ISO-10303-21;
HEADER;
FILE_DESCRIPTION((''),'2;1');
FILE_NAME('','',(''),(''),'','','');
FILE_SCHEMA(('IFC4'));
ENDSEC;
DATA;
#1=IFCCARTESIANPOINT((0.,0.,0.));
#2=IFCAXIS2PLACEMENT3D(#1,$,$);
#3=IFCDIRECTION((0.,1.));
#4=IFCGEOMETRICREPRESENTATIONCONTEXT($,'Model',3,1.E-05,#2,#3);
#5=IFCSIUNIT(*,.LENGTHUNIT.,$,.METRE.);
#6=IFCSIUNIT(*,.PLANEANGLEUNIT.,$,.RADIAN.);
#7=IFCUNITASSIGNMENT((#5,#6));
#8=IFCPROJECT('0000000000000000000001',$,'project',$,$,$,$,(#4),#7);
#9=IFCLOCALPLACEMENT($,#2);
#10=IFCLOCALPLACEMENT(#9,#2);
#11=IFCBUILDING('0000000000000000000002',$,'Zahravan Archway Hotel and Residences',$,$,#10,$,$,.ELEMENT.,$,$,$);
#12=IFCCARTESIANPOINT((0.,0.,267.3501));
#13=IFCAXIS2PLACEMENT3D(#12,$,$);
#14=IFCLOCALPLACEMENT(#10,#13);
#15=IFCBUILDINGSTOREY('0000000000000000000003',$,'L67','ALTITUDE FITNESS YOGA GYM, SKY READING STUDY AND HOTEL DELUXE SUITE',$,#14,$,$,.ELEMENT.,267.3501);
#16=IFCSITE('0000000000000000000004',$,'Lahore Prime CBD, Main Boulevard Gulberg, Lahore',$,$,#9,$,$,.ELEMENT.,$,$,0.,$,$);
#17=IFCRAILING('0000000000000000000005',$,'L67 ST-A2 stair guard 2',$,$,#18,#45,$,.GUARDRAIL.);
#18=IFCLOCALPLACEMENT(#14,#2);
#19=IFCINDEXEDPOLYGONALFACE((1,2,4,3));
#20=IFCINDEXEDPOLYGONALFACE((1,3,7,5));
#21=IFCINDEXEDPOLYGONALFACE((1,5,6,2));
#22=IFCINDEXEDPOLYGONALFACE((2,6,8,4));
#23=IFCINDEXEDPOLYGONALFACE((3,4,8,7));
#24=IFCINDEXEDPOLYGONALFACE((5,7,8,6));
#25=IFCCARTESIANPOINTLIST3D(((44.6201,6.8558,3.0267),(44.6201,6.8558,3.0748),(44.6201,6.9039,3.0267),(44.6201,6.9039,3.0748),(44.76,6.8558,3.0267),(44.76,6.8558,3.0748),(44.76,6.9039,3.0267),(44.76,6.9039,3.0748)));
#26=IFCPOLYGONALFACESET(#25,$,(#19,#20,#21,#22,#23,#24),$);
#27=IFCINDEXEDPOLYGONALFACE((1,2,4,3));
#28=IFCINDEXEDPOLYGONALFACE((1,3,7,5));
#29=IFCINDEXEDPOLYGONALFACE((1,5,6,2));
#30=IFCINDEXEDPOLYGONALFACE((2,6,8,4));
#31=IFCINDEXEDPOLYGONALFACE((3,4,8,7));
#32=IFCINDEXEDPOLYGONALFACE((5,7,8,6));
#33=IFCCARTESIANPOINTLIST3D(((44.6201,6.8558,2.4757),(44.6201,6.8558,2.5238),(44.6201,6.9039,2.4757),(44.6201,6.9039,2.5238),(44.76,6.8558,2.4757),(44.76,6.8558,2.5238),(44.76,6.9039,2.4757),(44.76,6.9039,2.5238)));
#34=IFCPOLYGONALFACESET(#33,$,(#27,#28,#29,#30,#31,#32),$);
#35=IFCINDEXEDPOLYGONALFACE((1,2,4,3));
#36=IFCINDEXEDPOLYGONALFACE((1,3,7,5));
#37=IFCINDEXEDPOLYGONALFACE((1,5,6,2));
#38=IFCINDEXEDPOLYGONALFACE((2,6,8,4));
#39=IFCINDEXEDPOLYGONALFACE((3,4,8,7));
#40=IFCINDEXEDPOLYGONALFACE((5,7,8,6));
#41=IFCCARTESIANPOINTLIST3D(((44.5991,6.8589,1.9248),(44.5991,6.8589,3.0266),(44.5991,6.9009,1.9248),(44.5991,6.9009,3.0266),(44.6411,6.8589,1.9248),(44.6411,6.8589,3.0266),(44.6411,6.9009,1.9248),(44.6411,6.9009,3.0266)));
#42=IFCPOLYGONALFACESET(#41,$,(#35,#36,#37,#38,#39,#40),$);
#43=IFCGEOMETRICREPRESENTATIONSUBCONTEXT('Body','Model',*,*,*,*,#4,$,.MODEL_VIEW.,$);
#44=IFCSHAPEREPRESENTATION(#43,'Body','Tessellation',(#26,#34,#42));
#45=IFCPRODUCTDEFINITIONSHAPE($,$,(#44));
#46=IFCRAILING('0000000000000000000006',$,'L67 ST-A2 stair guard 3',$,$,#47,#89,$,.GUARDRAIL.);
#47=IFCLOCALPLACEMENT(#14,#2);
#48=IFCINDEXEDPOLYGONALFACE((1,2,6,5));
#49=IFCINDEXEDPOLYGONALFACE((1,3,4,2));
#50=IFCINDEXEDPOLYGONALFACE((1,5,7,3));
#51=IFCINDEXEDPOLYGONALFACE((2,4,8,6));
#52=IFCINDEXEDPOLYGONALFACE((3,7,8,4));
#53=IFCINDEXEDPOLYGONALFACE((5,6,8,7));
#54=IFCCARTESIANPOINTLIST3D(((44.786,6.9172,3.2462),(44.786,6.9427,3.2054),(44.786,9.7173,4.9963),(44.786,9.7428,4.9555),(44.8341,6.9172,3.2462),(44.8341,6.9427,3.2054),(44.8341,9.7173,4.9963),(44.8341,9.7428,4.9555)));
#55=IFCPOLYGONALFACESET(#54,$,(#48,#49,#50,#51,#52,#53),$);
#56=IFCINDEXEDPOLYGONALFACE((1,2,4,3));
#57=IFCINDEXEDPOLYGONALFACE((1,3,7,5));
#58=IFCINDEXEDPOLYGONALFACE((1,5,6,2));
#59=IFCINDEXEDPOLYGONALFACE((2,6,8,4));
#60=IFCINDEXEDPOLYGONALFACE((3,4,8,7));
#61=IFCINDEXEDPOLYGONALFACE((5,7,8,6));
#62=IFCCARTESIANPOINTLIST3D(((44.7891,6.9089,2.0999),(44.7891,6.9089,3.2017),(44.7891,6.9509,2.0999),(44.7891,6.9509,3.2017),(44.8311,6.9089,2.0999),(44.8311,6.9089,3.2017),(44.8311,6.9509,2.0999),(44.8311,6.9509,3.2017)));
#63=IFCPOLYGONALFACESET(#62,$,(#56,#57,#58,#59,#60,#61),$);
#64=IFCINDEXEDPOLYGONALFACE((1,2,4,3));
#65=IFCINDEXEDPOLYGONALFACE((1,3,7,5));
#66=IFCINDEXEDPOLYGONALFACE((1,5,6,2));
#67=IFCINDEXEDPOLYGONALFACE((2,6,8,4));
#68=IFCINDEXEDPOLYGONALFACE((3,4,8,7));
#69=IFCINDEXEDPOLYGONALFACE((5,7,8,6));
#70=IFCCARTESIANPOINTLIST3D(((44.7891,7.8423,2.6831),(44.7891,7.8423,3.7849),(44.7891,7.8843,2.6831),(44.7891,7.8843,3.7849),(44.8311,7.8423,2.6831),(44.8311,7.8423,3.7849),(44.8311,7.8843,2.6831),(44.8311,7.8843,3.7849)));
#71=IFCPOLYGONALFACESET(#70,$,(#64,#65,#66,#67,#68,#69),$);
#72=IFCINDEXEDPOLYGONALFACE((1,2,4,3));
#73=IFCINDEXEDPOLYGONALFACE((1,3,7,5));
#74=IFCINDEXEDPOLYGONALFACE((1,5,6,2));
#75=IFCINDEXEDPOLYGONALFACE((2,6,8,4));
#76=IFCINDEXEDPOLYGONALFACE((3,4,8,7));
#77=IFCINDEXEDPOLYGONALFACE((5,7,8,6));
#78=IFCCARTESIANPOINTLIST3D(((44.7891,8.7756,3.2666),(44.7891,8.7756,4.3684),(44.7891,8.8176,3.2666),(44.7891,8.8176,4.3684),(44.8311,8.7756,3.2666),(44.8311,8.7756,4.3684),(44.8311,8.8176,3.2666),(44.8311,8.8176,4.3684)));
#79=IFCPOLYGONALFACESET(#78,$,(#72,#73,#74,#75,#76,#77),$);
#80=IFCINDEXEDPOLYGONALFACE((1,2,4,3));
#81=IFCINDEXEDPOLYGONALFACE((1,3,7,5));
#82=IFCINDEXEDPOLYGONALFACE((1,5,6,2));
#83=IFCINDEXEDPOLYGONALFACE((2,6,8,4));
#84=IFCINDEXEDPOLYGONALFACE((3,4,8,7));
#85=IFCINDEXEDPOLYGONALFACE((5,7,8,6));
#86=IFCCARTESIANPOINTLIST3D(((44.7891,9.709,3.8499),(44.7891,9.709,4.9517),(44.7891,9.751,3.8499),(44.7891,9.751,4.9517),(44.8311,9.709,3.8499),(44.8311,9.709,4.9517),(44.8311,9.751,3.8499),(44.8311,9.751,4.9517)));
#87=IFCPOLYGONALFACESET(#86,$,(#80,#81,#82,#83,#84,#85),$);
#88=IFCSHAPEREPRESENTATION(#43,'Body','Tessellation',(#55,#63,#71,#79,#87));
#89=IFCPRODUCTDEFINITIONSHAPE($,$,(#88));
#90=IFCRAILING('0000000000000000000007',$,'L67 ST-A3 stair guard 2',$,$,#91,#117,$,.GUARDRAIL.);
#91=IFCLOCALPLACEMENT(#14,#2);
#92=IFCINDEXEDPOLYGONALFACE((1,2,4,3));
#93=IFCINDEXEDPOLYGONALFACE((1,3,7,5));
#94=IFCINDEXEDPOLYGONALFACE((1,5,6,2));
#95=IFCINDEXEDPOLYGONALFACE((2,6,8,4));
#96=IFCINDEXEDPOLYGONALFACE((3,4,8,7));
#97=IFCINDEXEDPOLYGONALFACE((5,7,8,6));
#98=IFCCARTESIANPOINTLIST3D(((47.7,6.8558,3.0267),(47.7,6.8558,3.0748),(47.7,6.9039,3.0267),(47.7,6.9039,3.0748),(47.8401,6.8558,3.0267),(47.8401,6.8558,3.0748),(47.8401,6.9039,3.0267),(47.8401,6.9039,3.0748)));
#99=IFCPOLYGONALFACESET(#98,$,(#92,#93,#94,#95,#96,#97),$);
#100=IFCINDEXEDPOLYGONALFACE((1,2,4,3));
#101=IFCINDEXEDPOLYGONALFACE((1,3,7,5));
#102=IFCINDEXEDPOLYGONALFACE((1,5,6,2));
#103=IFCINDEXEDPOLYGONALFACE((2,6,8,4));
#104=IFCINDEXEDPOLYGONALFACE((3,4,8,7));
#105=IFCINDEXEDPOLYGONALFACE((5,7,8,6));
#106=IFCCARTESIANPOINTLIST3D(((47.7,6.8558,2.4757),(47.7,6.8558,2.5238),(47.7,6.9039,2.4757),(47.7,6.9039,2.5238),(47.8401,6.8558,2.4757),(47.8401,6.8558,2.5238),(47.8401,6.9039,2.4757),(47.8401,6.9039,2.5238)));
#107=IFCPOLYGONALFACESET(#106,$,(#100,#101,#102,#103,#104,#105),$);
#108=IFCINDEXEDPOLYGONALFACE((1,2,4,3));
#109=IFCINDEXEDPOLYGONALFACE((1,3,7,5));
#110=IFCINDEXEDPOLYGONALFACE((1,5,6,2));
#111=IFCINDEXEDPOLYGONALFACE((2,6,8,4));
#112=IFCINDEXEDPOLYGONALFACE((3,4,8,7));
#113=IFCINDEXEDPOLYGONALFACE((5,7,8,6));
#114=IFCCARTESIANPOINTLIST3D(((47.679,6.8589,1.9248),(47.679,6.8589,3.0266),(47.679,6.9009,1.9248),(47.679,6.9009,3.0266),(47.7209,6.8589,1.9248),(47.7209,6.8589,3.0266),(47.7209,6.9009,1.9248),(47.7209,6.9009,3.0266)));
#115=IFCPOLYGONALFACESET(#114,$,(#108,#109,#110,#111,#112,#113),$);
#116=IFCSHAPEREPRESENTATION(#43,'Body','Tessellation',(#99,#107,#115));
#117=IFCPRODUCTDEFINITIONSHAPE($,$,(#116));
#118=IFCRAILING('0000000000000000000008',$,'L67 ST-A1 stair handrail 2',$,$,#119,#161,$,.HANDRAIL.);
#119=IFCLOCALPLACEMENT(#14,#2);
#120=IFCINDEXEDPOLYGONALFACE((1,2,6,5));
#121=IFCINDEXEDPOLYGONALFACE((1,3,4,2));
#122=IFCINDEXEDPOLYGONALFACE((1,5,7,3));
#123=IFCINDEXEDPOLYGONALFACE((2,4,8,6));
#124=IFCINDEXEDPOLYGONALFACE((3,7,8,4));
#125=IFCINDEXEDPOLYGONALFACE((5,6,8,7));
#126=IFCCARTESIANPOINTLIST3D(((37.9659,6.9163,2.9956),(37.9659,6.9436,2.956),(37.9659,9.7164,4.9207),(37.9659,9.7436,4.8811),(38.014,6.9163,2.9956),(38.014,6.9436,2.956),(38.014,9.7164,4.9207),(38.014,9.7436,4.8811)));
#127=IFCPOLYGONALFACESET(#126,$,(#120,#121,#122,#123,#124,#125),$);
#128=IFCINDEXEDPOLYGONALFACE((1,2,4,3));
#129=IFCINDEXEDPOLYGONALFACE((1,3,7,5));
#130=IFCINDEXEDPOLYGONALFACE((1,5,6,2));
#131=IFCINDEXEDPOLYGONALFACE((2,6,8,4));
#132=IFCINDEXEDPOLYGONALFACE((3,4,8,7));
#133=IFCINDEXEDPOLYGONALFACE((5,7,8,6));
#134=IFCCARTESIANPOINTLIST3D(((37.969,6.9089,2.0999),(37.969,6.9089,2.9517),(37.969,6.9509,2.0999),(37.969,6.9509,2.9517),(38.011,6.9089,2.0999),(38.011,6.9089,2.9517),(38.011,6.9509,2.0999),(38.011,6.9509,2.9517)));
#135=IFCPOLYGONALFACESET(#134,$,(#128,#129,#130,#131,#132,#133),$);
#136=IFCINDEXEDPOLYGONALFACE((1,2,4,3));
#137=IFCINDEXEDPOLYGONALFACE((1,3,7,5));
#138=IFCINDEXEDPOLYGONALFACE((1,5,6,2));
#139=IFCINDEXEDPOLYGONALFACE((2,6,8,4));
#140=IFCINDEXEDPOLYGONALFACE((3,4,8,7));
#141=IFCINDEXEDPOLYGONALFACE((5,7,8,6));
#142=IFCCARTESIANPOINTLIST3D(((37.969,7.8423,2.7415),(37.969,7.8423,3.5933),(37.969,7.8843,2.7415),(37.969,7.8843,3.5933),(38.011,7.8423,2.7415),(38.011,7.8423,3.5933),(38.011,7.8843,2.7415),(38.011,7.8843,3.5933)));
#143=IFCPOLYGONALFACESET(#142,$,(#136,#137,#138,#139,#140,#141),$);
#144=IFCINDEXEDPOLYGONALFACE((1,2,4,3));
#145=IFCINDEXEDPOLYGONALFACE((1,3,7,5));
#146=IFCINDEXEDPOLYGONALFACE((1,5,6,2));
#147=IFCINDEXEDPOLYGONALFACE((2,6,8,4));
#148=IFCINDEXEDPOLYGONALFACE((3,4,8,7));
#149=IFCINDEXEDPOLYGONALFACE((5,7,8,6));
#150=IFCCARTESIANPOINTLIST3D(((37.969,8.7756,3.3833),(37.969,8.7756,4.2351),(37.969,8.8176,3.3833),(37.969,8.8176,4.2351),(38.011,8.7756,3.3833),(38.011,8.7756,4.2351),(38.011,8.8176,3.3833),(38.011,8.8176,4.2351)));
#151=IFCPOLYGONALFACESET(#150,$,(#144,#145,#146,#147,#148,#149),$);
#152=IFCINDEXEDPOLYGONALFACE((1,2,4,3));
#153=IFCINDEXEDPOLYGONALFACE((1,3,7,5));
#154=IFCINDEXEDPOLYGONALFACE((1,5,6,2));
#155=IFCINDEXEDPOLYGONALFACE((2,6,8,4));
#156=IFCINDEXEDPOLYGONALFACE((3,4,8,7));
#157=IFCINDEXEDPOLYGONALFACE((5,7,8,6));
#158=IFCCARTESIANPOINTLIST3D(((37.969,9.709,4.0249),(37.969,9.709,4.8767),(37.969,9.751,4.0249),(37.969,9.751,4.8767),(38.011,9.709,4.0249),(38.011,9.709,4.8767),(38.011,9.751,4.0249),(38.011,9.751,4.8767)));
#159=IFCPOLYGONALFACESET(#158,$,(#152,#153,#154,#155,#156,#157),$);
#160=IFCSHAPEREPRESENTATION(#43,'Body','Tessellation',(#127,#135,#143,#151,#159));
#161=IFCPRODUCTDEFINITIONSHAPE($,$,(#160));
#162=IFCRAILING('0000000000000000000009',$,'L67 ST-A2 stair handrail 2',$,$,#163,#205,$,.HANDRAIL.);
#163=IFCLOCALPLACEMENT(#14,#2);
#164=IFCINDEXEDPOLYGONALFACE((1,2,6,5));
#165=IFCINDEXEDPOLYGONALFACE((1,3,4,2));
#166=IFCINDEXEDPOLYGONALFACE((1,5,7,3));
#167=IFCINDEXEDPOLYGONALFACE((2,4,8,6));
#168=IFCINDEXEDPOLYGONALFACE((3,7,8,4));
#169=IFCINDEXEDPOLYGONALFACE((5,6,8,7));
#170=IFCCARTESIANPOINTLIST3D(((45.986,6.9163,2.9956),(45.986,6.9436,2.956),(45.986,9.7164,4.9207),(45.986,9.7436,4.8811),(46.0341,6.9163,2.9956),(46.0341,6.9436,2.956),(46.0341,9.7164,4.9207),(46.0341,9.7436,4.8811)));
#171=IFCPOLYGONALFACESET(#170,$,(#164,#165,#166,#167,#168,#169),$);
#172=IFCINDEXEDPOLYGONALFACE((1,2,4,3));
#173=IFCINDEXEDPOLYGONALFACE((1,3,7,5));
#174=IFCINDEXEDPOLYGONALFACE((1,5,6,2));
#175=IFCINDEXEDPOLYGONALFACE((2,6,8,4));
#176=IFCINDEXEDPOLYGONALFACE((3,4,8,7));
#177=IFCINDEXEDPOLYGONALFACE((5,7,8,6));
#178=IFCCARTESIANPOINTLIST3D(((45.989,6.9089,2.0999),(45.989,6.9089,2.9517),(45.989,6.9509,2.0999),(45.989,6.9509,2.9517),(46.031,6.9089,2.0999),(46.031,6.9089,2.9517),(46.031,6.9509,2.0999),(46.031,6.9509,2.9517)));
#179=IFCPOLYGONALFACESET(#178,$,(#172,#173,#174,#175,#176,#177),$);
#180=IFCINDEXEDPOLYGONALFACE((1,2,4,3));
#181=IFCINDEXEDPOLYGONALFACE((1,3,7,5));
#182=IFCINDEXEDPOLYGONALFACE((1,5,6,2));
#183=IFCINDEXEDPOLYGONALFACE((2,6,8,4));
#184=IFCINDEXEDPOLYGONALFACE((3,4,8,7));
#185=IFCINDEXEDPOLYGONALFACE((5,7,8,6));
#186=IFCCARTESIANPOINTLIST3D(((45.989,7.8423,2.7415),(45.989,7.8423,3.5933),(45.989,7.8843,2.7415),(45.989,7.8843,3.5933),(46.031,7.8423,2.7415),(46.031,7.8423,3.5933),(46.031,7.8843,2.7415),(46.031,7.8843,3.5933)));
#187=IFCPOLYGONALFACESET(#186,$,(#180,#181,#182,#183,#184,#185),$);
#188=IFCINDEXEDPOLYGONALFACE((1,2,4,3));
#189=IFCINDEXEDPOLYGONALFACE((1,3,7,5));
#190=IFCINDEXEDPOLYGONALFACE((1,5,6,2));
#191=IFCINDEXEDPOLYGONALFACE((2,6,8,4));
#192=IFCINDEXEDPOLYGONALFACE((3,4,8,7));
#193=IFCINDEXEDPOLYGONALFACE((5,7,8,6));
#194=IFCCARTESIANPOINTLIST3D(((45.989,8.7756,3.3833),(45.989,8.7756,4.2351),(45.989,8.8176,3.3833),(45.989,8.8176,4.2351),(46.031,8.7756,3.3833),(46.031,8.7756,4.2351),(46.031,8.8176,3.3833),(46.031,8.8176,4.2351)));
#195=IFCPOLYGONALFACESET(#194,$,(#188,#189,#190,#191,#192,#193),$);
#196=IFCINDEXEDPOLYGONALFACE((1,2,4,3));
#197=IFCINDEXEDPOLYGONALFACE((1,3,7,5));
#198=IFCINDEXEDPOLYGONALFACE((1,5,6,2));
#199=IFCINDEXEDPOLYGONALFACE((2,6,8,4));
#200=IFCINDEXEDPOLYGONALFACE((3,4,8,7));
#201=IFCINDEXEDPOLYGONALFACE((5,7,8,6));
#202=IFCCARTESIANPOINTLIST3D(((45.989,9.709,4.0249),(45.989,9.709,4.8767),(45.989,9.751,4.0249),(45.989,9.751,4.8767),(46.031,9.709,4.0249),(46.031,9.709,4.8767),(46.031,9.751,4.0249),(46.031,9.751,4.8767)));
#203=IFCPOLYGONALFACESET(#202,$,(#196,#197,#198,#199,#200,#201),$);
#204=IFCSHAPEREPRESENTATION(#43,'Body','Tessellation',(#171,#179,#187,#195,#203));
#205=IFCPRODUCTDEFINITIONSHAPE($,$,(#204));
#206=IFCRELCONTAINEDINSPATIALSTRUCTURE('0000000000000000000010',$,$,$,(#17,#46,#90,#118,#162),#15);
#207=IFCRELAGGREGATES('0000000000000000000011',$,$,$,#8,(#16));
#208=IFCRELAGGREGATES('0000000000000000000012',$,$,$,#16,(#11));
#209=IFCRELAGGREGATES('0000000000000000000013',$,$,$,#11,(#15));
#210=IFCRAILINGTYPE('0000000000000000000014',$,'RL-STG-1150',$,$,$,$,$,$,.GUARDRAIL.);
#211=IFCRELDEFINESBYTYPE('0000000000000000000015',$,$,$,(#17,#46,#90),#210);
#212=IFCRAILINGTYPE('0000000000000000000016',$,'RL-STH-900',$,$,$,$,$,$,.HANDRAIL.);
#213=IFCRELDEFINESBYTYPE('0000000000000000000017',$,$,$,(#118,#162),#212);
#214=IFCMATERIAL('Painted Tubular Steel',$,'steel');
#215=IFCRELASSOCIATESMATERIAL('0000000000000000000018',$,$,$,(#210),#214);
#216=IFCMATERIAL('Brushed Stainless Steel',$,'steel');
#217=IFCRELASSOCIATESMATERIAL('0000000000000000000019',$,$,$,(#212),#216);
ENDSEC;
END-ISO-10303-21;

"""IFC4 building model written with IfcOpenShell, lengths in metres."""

from ifc_helpers import new_model, si_unit, direction, frame, origin, origin_2d, place, context, subcontext, project, spatial, rectangle, extrude, material, type_object, element, save


model = new_model("IFC4")

# Units and contexts
model_context = context("Model", 3, precision=1e-05, world=origin(), true_north=direction((0.0, 1.0)))
body_context = subcontext(model_context, "Body", "Model", "MODEL_VIEW")
ifc_project = project(units=[si_unit("LENGTHUNIT", "METRE"), si_unit("PLANEANGLEUNIT", "RADIAN")], contexts=[model_context])

# Site, building, storey
site_placement = place(None, origin())
site = spatial("IfcSite", under=ifc_project, at=site_placement, Name="Lahore Prime CBD, Main Boulevard Gulberg, Lahore", CompositionType="ELEMENT", RefElevation=0.0)
building_placement = place(site_placement, origin())
building = spatial("IfcBuilding", under=site, at=building_placement, Name="Zahravan Archway Hotel and Residences", CompositionType="ELEMENT")
storey_placement = place(building_placement, frame((0.0, 0.0, 267.3501)))
storey = spatial("IfcBuildingStorey", under=building, at=storey_placement, Name="L67", Description="ALTITUDE FITNESS YOGA GYM, SKY READING STUDY AND HOTEL DELUXE SUITE", CompositionType="ELEMENT", Elevation=267.3501)

# Railings
ifc_material_1 = material(Name="Painted Tubular Steel", Category="steel")
railing_type_1 = type_object("IfcRailingType", Name="RL-STG-1150", PredefinedType="GUARDRAIL", material=ifc_material_1)
railing_1_placement = place(storey_placement, frame((44.6201, 6.8799, 1.9248)))
element("IfcRailing", 1, at=railing_1_placement, inside=storey, type_object=railing_type_1, Name="L67 ST-A2 stair guard 2", PredefinedType="GUARDRAIL", context=body_context, shape_type="SweptSolid", body=[
    extrude(rectangle(XDim=0.0481, YDim=0.0481, at=origin_2d()), frame((0.0, 0.0, 1.126), z_axis=(1.0, 0.0, 0.0), x_axis=(0.0, 1.0, 0.0)), (0.0, 0.0, 1.0), 0.1399),
    extrude(rectangle(XDim=0.0481, YDim=0.0481, at=origin_2d()), frame((0.0, 0.0, 0.575), z_axis=(1.0, 0.0, 0.0), x_axis=(0.0, 1.0, 0.0)), (0.0, 0.0, 1.0), 0.1399),
    extrude(rectangle(XDim=0.042, YDim=0.042, at=origin_2d()), origin(), (0.0, 0.0, 1.0), 1.1018),
])
railing_2_placement = place(storey_placement, frame((44.8101, 6.9299, 2.0999)))
element("IfcRailing", 2, at=railing_2_placement, inside=storey, type_object=railing_type_1, Name="L67 ST-A2 stair guard 3", PredefinedType="GUARDRAIL", context=body_context, shape_type="SweptSolid", body=[
    extrude(rectangle(XDim=0.0481, YDim=0.0481, at=origin_2d()), frame((0.0, 0.0, 1.126), z_axis=(0.0, 0.848002, 0.529992), x_axis=(-1.0, 0.0, 0.0)), (0.0, 0.0, 1.0), 3.302),
    extrude(rectangle(XDim=0.042, YDim=0.042, at=origin_2d()), origin(), (0.0, 0.0, 1.0), 1.1018),
    extrude(rectangle(XDim=0.042, YDim=0.042, at=origin_2d()), frame((0.0, 0.9333, 0.5833)), (0.0, 0.0, 1.0), 1.1018),
    extrude(rectangle(XDim=0.042, YDim=0.042, at=origin_2d()), frame((0.0, 1.8667, 1.1667)), (0.0, 0.0, 1.0), 1.1018),
    extrude(rectangle(XDim=0.042, YDim=0.042, at=origin_2d()), frame((0.0, 2.8, 1.75)), (0.0, 0.0, 1.0), 1.1018),
])
railing_3_placement = place(storey_placement, frame((47.7, 6.8799, 1.9248)))
element("IfcRailing", 3, at=railing_3_placement, inside=storey, type_object=railing_type_1, Name="L67 ST-A3 stair guard 2", PredefinedType="GUARDRAIL", context=body_context, shape_type="SweptSolid", body=[
    extrude(rectangle(XDim=0.0481, YDim=0.0481, at=origin_2d()), frame((0.0, 0.0, 1.126), z_axis=(1.0, 0.0, 0.0), x_axis=(0.0, 1.0, 0.0)), (0.0, 0.0, 1.0), 0.1401),
    extrude(rectangle(XDim=0.0481, YDim=0.0481, at=origin_2d()), frame((0.0, 0.0, 0.575), z_axis=(1.0, 0.0, 0.0), x_axis=(0.0, 1.0, 0.0)), (0.0, 0.0, 1.0), 0.1401),
    extrude(rectangle(XDim=0.042, YDim=0.042, at=origin_2d()), origin(), (0.0, 0.0, 1.0), 1.1018),
])
ifc_material_2 = material(Name="Brushed Stainless Steel", Category="steel")
railing_type_2 = type_object("IfcRailingType", Name="RL-STH-900", PredefinedType="HANDRAIL", material=ifc_material_2)
for number, where, name in (
    (4, (37.99, 6.9299, 2.0999), "L67 ST-A1 stair handrail 2"),
    (5, (46.01, 6.9299, 2.0999), "L67 ST-A2 stair handrail 2"),
):
    element("IfcRailing", number, at=place(storey_placement, frame(where)), inside=storey, type_object=railing_type_2, Name=name, PredefinedType="HANDRAIL", context=body_context, shape_type="SweptSolid", body=[
        extrude(rectangle(XDim=0.0481, YDim=0.0481, at=origin_2d()), frame((0.0, 0.0, 0.876), z_axis=(0.0, 0.82404, 0.566532), x_axis=(-1.0, 0.0, 0.0)), (0.0, 0.0, 1.0), 3.3979),
        extrude(rectangle(XDim=0.042, YDim=0.042, at=origin_2d()), origin(), (0.0, 0.0, 1.0), 0.8518),
        extrude(rectangle(XDim=0.042, YDim=0.042, at=origin_2d()), frame((0.0, 0.9333, 0.6416)), (0.0, 0.0, 1.0), 0.8518),
        extrude(rectangle(XDim=0.042, YDim=0.042, at=origin_2d()), frame((0.0, 1.8667, 1.2834)), (0.0, 0.0, 1.0), 0.8518),
        extrude(rectangle(XDim=0.042, YDim=0.042, at=origin_2d()), frame((0.0, 2.8, 1.925)), (0.0, 0.0, 1.0), 0.8518),
    ])

save(model, "model.ifc")
